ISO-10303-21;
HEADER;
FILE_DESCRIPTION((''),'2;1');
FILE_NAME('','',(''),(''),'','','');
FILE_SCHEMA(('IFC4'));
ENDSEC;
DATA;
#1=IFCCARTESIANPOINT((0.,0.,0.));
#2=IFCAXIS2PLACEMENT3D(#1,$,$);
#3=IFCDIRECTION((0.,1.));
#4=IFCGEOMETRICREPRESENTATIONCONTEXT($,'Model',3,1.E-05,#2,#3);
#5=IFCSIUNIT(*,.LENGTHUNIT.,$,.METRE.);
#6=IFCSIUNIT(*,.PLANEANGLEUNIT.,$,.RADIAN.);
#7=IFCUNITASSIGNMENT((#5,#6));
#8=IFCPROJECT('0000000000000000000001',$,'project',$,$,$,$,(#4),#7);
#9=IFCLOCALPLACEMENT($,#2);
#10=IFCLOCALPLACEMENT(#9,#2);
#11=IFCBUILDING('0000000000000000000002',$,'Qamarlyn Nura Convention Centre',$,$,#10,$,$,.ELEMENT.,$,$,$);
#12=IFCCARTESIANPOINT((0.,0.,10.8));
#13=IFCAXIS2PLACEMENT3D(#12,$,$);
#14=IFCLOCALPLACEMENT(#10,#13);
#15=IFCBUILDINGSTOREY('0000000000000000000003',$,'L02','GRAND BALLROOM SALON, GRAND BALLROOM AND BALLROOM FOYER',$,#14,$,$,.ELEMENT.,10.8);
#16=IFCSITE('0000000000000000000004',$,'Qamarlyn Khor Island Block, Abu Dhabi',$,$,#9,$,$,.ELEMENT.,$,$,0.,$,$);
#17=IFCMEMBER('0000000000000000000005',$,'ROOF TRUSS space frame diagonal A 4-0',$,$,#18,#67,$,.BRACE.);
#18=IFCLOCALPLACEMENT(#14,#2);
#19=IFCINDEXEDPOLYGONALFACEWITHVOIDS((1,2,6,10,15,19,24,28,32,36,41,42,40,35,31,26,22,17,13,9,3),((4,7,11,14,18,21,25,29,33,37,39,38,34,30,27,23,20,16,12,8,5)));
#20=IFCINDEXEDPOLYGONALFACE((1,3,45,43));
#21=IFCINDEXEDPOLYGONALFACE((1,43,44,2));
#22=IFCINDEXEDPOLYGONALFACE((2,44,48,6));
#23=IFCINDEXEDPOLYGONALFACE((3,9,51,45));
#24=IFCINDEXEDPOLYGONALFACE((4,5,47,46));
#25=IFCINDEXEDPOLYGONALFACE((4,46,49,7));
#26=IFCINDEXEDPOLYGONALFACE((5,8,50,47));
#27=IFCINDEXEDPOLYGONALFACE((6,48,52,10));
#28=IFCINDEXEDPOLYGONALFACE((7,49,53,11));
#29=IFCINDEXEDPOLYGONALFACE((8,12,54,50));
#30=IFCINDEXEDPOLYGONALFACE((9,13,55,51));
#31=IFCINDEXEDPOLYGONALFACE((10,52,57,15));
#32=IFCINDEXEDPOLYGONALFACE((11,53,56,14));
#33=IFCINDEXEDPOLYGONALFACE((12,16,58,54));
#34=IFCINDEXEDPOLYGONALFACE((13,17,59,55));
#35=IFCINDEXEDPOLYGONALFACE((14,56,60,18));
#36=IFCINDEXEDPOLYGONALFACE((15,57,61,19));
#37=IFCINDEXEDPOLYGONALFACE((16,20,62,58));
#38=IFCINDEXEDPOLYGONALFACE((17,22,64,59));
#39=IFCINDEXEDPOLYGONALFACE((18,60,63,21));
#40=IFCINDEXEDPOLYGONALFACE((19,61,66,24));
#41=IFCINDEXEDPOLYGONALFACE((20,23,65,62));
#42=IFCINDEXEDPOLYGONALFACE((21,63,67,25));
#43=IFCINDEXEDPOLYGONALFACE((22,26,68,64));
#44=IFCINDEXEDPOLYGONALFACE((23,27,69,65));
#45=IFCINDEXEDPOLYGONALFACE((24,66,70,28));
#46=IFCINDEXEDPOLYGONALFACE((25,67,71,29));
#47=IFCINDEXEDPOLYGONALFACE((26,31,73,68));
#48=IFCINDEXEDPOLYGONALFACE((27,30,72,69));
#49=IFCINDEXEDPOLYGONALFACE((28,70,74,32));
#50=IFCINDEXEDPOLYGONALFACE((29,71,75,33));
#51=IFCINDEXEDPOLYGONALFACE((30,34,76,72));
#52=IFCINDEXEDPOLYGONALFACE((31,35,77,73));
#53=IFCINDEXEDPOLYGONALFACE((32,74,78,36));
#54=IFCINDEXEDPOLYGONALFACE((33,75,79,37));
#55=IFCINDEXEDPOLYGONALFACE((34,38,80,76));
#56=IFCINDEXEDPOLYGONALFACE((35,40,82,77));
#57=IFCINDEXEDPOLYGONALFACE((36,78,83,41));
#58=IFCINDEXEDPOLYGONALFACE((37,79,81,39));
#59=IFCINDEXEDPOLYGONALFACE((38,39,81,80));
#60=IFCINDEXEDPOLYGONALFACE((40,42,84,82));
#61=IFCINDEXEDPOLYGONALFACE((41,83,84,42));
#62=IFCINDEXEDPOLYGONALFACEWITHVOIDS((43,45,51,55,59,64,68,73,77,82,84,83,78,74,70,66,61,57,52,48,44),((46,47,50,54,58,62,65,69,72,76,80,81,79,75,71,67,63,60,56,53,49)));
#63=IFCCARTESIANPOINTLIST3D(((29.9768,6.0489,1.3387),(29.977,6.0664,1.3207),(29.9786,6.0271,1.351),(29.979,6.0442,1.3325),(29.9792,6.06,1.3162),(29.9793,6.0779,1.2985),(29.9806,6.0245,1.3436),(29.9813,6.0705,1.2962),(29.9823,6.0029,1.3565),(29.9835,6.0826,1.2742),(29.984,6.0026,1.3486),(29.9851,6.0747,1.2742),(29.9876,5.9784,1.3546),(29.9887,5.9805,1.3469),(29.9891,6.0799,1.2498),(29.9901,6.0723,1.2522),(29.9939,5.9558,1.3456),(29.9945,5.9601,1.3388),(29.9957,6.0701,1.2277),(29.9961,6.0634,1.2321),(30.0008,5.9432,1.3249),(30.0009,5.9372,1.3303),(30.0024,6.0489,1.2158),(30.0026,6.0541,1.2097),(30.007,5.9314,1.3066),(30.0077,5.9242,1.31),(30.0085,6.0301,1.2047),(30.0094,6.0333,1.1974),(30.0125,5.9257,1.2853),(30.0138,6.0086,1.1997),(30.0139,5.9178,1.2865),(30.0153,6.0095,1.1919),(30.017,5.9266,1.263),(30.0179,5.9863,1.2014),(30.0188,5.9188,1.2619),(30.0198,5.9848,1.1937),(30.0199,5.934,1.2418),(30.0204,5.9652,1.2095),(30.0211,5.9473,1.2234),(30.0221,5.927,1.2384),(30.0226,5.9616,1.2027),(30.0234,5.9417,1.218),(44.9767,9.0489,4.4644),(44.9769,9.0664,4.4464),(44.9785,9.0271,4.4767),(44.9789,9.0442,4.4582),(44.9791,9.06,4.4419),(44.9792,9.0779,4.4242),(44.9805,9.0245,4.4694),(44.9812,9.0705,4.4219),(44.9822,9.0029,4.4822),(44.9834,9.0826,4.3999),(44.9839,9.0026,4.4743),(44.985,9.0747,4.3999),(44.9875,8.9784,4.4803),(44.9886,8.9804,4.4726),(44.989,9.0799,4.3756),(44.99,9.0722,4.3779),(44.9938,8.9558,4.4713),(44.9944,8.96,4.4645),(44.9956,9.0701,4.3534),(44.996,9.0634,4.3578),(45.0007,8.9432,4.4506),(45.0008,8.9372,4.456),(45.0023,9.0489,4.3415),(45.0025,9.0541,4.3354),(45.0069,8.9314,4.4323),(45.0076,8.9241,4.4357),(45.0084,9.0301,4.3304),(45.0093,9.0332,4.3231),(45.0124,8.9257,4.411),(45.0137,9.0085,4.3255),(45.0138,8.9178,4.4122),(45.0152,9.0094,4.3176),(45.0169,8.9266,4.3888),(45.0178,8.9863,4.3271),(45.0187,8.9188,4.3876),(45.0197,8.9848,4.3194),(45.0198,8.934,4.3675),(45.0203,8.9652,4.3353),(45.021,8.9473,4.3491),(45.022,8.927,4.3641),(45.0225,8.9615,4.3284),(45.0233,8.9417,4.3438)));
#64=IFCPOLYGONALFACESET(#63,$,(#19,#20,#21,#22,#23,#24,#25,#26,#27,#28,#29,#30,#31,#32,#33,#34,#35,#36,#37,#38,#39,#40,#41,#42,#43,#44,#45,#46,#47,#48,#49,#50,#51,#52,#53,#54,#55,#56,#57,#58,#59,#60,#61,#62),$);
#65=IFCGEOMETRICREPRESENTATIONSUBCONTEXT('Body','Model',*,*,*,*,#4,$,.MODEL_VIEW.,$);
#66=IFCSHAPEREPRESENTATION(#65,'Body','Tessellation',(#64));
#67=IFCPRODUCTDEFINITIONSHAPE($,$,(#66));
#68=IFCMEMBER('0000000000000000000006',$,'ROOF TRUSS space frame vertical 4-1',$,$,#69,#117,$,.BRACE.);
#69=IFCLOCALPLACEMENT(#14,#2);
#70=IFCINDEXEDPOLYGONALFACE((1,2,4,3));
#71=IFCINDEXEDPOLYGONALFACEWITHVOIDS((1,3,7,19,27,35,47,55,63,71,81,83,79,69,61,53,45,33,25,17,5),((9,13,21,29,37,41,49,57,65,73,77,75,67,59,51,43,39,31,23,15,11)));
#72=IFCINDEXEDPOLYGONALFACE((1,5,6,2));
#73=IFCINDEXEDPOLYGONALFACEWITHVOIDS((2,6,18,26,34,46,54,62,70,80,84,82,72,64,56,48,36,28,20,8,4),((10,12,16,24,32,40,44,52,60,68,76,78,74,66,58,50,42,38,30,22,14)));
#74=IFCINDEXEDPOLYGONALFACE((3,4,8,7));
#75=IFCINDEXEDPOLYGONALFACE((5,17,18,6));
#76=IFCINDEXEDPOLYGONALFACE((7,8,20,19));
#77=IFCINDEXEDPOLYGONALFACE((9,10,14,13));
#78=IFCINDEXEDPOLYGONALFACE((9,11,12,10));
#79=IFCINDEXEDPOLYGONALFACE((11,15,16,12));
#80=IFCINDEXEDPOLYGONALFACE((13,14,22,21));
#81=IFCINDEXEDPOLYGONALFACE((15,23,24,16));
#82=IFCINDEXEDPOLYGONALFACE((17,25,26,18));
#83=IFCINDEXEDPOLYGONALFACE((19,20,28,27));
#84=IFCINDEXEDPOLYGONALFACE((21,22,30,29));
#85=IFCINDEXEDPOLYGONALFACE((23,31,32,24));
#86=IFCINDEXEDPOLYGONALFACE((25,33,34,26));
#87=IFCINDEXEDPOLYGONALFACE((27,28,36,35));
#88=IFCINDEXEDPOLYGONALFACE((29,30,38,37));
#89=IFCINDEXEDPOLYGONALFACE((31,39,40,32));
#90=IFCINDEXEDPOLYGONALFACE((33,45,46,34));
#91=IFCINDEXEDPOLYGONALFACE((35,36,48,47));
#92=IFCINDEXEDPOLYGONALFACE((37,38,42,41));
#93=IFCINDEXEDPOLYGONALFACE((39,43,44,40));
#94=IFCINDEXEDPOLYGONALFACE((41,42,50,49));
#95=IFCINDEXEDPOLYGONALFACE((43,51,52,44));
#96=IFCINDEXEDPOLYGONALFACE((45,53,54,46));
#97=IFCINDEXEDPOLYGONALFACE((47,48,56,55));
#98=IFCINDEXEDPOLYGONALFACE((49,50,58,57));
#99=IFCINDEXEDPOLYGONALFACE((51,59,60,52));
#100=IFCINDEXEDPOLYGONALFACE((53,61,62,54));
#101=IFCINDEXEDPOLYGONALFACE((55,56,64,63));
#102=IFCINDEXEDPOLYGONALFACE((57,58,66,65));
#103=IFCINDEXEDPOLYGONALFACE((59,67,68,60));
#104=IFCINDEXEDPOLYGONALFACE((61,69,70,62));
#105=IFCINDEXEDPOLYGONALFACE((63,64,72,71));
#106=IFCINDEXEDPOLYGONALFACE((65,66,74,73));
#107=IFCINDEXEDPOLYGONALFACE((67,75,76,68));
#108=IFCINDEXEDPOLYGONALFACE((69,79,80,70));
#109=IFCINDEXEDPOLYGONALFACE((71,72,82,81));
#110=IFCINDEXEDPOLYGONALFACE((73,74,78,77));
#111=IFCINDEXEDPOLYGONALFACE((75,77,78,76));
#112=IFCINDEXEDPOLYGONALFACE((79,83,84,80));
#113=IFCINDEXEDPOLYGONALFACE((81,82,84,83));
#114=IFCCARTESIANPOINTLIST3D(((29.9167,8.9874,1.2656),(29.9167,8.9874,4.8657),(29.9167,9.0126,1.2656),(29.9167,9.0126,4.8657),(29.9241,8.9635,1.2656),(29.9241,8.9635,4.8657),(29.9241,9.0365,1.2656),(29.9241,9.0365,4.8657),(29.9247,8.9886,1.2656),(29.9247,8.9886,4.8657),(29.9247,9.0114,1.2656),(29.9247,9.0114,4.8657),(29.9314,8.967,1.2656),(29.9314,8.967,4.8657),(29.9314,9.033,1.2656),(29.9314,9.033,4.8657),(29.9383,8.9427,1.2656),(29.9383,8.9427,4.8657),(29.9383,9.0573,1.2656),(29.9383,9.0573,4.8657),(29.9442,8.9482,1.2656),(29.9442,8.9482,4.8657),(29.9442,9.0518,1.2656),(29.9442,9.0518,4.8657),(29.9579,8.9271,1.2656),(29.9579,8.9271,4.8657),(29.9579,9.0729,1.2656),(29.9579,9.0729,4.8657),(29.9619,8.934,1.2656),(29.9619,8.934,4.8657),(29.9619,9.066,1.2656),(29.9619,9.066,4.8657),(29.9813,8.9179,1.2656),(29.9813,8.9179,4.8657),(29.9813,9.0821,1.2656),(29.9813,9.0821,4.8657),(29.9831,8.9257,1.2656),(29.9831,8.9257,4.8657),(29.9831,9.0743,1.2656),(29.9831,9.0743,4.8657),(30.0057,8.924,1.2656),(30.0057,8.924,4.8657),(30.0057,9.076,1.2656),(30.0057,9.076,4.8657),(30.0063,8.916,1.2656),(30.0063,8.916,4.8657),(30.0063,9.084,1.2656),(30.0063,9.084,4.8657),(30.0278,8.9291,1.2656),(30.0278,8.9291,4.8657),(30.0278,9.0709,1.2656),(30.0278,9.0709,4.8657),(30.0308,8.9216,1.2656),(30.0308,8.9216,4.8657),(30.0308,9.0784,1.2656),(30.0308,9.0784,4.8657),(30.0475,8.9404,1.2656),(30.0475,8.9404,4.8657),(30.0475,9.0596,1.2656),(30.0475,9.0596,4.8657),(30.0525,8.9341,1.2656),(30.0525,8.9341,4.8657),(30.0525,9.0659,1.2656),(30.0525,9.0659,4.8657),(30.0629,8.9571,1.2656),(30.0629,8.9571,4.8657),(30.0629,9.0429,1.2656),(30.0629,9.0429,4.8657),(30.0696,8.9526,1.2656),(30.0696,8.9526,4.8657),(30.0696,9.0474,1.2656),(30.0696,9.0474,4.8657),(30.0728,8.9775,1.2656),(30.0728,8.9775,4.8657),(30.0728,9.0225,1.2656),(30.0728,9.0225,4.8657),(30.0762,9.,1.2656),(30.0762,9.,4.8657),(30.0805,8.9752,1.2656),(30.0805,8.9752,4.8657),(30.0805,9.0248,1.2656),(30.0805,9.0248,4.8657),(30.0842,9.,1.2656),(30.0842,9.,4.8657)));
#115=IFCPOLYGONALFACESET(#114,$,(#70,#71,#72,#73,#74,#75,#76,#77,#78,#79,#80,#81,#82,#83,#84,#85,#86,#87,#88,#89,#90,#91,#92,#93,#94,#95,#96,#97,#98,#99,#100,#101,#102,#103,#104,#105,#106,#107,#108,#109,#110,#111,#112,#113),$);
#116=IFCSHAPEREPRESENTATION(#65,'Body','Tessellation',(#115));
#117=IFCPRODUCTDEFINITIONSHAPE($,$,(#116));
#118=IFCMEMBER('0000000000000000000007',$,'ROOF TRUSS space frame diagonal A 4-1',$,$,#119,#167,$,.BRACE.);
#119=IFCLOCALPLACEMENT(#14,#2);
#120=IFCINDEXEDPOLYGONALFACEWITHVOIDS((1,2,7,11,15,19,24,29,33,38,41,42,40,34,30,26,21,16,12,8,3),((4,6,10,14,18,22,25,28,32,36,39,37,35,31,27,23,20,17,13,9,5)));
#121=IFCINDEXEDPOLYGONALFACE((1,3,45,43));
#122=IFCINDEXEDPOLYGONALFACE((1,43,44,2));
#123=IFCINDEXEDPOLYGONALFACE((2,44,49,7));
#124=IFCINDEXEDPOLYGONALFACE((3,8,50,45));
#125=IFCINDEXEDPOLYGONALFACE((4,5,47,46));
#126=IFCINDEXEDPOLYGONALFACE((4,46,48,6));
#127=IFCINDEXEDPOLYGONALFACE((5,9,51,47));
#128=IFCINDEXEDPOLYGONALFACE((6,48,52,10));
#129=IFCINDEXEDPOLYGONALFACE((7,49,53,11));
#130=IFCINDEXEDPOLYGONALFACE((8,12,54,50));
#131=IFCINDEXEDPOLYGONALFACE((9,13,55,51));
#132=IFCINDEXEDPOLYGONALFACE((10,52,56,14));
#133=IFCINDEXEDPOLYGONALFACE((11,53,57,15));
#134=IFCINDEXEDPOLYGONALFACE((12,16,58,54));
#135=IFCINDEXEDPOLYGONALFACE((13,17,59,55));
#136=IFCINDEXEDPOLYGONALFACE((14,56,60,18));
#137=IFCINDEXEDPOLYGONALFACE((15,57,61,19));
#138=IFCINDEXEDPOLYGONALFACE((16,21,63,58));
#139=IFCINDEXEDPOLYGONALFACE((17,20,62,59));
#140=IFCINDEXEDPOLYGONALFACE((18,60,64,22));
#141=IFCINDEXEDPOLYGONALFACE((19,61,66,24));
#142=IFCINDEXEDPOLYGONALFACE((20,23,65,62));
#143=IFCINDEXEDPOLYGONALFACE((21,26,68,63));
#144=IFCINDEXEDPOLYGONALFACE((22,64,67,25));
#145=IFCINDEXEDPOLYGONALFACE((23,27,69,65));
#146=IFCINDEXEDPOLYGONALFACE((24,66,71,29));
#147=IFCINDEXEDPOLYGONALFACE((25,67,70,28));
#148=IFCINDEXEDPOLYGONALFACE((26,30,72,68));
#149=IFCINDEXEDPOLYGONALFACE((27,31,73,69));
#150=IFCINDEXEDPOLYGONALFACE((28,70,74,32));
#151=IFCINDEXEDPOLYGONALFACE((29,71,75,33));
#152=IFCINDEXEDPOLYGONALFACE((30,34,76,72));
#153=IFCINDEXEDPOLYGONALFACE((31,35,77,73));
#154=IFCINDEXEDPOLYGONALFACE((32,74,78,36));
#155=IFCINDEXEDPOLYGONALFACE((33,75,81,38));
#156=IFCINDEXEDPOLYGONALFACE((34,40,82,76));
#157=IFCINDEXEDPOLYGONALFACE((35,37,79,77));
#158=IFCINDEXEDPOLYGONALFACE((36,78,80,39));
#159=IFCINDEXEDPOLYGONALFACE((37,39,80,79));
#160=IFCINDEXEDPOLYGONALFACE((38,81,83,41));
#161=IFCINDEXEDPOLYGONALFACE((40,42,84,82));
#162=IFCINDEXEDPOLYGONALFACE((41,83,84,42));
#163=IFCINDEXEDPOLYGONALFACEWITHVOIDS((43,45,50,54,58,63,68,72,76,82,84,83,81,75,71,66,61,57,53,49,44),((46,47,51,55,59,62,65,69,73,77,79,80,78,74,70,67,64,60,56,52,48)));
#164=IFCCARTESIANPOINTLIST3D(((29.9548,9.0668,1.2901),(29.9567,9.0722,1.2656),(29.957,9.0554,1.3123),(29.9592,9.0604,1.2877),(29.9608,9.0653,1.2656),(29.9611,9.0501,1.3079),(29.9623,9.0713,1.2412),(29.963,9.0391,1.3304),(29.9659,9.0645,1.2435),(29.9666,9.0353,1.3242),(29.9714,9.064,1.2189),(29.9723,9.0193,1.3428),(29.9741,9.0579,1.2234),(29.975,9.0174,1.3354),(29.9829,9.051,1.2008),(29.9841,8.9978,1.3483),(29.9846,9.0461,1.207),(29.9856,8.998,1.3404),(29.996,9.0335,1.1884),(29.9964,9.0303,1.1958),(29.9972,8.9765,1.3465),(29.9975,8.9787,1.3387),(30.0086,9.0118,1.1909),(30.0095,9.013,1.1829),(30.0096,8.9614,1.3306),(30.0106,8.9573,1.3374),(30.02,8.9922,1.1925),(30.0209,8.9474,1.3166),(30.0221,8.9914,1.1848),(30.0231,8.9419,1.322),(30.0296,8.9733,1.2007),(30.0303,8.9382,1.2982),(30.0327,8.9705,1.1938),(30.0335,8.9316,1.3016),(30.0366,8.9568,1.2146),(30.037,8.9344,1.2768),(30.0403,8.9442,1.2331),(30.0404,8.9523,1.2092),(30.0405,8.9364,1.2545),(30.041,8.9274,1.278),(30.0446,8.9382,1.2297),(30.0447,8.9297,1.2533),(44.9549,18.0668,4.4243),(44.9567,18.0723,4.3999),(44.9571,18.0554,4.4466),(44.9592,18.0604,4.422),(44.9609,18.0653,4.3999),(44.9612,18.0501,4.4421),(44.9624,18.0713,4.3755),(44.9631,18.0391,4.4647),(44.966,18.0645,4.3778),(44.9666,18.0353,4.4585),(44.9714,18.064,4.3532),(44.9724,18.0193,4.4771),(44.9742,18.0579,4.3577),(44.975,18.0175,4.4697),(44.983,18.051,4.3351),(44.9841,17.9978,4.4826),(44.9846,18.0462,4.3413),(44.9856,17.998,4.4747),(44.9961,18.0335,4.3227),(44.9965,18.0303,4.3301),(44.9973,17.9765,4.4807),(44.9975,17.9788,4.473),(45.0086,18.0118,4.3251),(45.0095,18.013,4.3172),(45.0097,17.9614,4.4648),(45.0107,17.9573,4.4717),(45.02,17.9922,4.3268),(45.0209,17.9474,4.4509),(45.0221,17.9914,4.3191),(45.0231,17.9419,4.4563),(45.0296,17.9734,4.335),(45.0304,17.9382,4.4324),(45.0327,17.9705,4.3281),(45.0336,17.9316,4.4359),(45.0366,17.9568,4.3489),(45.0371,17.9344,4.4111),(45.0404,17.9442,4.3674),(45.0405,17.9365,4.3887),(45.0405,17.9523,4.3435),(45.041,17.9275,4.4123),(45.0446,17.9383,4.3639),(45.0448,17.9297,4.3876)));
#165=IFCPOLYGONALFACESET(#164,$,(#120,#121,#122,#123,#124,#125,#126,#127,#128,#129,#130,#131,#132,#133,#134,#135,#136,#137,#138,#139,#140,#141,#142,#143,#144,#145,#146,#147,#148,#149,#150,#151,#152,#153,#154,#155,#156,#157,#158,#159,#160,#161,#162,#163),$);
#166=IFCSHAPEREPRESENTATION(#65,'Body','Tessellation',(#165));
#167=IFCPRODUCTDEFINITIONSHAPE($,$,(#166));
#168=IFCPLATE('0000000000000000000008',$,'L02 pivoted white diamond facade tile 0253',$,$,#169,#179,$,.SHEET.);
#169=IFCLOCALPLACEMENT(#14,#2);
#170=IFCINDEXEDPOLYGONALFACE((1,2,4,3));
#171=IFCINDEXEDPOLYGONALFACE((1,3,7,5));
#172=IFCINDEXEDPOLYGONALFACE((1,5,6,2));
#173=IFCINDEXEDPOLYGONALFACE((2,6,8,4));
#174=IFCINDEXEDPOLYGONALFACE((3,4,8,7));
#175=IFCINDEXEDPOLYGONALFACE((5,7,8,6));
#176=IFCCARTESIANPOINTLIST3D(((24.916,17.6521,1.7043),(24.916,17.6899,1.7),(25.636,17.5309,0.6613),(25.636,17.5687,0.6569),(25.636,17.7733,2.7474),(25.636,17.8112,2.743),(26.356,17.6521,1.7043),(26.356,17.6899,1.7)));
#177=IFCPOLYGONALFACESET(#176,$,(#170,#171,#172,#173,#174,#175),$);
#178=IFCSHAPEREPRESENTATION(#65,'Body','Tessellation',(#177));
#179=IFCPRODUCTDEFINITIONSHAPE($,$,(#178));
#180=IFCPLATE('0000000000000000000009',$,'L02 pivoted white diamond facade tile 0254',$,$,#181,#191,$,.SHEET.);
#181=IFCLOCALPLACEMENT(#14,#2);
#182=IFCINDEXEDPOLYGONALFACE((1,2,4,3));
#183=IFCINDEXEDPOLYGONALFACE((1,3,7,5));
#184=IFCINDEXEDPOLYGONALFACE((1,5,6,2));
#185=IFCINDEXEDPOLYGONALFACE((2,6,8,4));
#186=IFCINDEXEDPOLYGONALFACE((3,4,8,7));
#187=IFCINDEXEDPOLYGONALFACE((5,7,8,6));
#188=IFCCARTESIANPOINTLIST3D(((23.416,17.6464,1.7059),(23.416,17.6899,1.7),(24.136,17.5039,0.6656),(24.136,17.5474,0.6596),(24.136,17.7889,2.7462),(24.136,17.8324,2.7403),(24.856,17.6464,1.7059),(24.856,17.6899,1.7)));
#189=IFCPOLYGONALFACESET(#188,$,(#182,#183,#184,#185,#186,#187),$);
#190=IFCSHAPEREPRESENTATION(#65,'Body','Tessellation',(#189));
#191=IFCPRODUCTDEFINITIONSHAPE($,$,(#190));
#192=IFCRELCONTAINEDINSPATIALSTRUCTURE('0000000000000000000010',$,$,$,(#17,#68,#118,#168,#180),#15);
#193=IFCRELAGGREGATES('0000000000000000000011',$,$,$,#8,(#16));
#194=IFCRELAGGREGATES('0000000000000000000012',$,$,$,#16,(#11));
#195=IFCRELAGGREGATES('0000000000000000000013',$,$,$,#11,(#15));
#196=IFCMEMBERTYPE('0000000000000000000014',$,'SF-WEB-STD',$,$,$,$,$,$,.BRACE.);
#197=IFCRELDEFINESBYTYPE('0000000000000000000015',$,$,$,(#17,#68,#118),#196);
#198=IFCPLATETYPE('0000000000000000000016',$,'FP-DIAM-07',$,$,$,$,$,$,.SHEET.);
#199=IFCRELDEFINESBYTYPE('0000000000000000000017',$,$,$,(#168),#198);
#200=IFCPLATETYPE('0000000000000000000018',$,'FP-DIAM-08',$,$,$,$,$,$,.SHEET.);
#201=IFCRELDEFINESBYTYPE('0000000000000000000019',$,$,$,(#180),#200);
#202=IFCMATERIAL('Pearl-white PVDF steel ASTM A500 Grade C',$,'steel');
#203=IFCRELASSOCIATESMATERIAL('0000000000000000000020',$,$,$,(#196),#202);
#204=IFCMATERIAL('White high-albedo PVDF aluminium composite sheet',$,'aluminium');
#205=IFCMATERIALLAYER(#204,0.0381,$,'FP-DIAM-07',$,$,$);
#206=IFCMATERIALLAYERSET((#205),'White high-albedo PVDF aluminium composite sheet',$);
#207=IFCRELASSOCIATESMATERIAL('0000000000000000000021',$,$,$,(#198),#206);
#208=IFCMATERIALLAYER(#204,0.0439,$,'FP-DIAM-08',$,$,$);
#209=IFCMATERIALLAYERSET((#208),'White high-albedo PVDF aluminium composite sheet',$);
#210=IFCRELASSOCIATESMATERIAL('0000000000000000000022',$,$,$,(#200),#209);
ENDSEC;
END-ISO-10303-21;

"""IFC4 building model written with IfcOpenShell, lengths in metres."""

from ifc_helpers import new_model, si_unit, direction, frame, origin, origin_2d, place, context, subcontext, project, spatial, polyline, hollow_circle, outline, extrude, material, layer, layer_set, material_profile, profile_set, type_object, element, save


model = new_model("IFC4")

# Units and contexts
model_context = context("Model", 3, precision=1e-05, world=origin(), true_north=direction((0.0, 1.0)))
body_context = subcontext(model_context, "Body", "Model", "MODEL_VIEW")
ifc_project = project(units=[si_unit("LENGTHUNIT", "METRE"), si_unit("PLANEANGLEUNIT", "RADIAN")], contexts=[model_context])

# Site, building, storey
site_placement = place(None, origin())
site = spatial("IfcSite", under=ifc_project, at=site_placement, Name="Qamarlyn Khor Island Block, Abu Dhabi", CompositionType="ELEMENT", RefElevation=0.0)
building_placement = place(site_placement, origin())
building = spatial("IfcBuilding", under=site, at=building_placement, Name="Qamarlyn Nura Convention Centre", CompositionType="ELEMENT")
storey_placement = place(building_placement, frame((0.0, 0.0, 10.8)))
storey = spatial("IfcBuildingStorey", under=building, at=storey_placement, Name="L02", Description="GRAND BALLROOM SALON, GRAND BALLROOM AND BALLROOM FOYER", CompositionType="ELEMENT", Elevation=10.8)

# Members
ifc_material_1 = material(Name="Pearl-white PVDF steel ASTM A500 Grade C", Category="steel")
ifc_material_profile_1 = material_profile(ifc_material_1, hollow_circle(Radius=0.0842, WallThickness=0.0081, at=origin_2d()), Name="CHS168.3X8")
ifc_profile_set_1 = profile_set([ifc_material_profile_1], Name="Pearl-white PVDF steel ASTM A500 Grade C")
member_type_1 = type_object("IfcMemberType", Name="SF-WEB-STD", PredefinedType="BRACE", material=ifc_profile_set_1)
member_1_placement = place(storey_placement, frame((30.0, 6.0, 1.2742), z_axis=(0.960729, 0.192146, 0.200199), x_axis=(-0.196116, 0.980581, 0.0)))
element("IfcMember", 1, at=member_1_placement, inside=storey, type_object=member_type_1, Name="ROOF TRUSS space frame diagonal A 4-0", PredefinedType="BRACE", context=body_context, shape_type="SweptSolid", body=[
    extrude(hollow_circle(Radius=0.0842, WallThickness=0.0081, at=origin_2d()), origin(), (0.0, 0.0, 1.0), 15.613),
])
member_2_placement = place(storey_placement, frame((30.0, 9.0, 1.2656), z_axis=(0.0, 0.0, 1.0), x_axis=(1.0, 0.0, 0.0)))
element("IfcMember", 2, at=member_2_placement, inside=storey, type_object=member_type_1, Name="ROOF TRUSS space frame vertical 4-1", PredefinedType="BRACE", context=body_context, shape_type="SweptSolid", body=[
    extrude(hollow_circle(Radius=0.0842, WallThickness=0.0081, at=origin_2d()), origin(), (0.0, 0.0, 1.0), 3.6001),
])
member_3_placement = place(storey_placement, frame((30.0, 9.0, 1.2656), z_axis=(0.844051, 0.506431, 0.176366), x_axis=(-0.514496, 0.857493, 0.0)))
element("IfcMember", 3, at=member_3_placement, inside=storey, type_object=member_type_1, Name="ROOF TRUSS space frame diagonal A 4-1", PredefinedType="BRACE", context=body_context, shape_type="SweptSolid", body=[
    extrude(hollow_circle(Radius=0.0842, WallThickness=0.0081, at=origin_2d()), origin(), (0.0, 0.0, 1.0), 17.7715),
])

# Plates
ifc_material_2 = material(Name="White high-albedo PVDF aluminium composite sheet", Category="aluminium")
ifc_layer_1 = layer(ifc_material_2, 0.0381, Name="FP-DIAM-07")
ifc_layer_set_1 = layer_set([ifc_layer_1], Name="White high-albedo PVDF aluminium composite sheet")
plate_type_1 = type_object("IfcPlateType", Name="FP-DIAM-07", PredefinedType="SHEET", material=ifc_layer_set_1)
plate_1_placement = place(storey_placement, frame((25.636, 17.6899, 1.7), z_axis=(0.0, -0.993312, 0.115457), x_axis=(1.0, 0.0, 0.0)))
element("IfcPlate", 4, at=plate_1_placement, inside=storey, type_object=plate_type_1, Name="L02 pivoted white diamond facade tile 0253", PredefinedType="SHEET", context=body_context, shape_type="SweptSolid", body=[
    extrude(outline(polyline([(-0.72, 0.0), (0.0, -1.05), (0.72, 0.0), (0.0, 1.05), (-0.72, 0.0)])), origin(), (0.0, 0.0, 1.0), 0.0381),
])
ifc_layer_2 = layer(ifc_material_2, 0.0439, Name="FP-DIAM-08")
ifc_layer_set_2 = layer_set([ifc_layer_2], Name="White high-albedo PVDF aluminium composite sheet")
plate_type_2 = type_object("IfcPlateType", Name="FP-DIAM-08", PredefinedType="SHEET", material=ifc_layer_set_2)
for number, where, z_axis, x_axis, name in (
    (5, (24.136, 17.6899, 1.7), (0.0, -0.990748, 0.135716), (1.0, 0.0, 0.0), "L02 pivoted white diamond facade tile 0254"),
):
    element("IfcPlate", number, at=place(storey_placement, frame(where, z_axis=z_axis, x_axis=x_axis)), inside=storey, type_object=plate_type_2, Name=name, PredefinedType="SHEET", context=body_context, shape_type="SweptSolid", body=[
        extrude(outline(polyline([(-0.72, 0.0), (0.0, -1.05), (0.72, 0.0), (0.0, 1.05), (-0.72, 0.0)])), origin(), (0.0, 0.0, 1.0), 0.0439),
    ])

save(model, "model.ifc")
